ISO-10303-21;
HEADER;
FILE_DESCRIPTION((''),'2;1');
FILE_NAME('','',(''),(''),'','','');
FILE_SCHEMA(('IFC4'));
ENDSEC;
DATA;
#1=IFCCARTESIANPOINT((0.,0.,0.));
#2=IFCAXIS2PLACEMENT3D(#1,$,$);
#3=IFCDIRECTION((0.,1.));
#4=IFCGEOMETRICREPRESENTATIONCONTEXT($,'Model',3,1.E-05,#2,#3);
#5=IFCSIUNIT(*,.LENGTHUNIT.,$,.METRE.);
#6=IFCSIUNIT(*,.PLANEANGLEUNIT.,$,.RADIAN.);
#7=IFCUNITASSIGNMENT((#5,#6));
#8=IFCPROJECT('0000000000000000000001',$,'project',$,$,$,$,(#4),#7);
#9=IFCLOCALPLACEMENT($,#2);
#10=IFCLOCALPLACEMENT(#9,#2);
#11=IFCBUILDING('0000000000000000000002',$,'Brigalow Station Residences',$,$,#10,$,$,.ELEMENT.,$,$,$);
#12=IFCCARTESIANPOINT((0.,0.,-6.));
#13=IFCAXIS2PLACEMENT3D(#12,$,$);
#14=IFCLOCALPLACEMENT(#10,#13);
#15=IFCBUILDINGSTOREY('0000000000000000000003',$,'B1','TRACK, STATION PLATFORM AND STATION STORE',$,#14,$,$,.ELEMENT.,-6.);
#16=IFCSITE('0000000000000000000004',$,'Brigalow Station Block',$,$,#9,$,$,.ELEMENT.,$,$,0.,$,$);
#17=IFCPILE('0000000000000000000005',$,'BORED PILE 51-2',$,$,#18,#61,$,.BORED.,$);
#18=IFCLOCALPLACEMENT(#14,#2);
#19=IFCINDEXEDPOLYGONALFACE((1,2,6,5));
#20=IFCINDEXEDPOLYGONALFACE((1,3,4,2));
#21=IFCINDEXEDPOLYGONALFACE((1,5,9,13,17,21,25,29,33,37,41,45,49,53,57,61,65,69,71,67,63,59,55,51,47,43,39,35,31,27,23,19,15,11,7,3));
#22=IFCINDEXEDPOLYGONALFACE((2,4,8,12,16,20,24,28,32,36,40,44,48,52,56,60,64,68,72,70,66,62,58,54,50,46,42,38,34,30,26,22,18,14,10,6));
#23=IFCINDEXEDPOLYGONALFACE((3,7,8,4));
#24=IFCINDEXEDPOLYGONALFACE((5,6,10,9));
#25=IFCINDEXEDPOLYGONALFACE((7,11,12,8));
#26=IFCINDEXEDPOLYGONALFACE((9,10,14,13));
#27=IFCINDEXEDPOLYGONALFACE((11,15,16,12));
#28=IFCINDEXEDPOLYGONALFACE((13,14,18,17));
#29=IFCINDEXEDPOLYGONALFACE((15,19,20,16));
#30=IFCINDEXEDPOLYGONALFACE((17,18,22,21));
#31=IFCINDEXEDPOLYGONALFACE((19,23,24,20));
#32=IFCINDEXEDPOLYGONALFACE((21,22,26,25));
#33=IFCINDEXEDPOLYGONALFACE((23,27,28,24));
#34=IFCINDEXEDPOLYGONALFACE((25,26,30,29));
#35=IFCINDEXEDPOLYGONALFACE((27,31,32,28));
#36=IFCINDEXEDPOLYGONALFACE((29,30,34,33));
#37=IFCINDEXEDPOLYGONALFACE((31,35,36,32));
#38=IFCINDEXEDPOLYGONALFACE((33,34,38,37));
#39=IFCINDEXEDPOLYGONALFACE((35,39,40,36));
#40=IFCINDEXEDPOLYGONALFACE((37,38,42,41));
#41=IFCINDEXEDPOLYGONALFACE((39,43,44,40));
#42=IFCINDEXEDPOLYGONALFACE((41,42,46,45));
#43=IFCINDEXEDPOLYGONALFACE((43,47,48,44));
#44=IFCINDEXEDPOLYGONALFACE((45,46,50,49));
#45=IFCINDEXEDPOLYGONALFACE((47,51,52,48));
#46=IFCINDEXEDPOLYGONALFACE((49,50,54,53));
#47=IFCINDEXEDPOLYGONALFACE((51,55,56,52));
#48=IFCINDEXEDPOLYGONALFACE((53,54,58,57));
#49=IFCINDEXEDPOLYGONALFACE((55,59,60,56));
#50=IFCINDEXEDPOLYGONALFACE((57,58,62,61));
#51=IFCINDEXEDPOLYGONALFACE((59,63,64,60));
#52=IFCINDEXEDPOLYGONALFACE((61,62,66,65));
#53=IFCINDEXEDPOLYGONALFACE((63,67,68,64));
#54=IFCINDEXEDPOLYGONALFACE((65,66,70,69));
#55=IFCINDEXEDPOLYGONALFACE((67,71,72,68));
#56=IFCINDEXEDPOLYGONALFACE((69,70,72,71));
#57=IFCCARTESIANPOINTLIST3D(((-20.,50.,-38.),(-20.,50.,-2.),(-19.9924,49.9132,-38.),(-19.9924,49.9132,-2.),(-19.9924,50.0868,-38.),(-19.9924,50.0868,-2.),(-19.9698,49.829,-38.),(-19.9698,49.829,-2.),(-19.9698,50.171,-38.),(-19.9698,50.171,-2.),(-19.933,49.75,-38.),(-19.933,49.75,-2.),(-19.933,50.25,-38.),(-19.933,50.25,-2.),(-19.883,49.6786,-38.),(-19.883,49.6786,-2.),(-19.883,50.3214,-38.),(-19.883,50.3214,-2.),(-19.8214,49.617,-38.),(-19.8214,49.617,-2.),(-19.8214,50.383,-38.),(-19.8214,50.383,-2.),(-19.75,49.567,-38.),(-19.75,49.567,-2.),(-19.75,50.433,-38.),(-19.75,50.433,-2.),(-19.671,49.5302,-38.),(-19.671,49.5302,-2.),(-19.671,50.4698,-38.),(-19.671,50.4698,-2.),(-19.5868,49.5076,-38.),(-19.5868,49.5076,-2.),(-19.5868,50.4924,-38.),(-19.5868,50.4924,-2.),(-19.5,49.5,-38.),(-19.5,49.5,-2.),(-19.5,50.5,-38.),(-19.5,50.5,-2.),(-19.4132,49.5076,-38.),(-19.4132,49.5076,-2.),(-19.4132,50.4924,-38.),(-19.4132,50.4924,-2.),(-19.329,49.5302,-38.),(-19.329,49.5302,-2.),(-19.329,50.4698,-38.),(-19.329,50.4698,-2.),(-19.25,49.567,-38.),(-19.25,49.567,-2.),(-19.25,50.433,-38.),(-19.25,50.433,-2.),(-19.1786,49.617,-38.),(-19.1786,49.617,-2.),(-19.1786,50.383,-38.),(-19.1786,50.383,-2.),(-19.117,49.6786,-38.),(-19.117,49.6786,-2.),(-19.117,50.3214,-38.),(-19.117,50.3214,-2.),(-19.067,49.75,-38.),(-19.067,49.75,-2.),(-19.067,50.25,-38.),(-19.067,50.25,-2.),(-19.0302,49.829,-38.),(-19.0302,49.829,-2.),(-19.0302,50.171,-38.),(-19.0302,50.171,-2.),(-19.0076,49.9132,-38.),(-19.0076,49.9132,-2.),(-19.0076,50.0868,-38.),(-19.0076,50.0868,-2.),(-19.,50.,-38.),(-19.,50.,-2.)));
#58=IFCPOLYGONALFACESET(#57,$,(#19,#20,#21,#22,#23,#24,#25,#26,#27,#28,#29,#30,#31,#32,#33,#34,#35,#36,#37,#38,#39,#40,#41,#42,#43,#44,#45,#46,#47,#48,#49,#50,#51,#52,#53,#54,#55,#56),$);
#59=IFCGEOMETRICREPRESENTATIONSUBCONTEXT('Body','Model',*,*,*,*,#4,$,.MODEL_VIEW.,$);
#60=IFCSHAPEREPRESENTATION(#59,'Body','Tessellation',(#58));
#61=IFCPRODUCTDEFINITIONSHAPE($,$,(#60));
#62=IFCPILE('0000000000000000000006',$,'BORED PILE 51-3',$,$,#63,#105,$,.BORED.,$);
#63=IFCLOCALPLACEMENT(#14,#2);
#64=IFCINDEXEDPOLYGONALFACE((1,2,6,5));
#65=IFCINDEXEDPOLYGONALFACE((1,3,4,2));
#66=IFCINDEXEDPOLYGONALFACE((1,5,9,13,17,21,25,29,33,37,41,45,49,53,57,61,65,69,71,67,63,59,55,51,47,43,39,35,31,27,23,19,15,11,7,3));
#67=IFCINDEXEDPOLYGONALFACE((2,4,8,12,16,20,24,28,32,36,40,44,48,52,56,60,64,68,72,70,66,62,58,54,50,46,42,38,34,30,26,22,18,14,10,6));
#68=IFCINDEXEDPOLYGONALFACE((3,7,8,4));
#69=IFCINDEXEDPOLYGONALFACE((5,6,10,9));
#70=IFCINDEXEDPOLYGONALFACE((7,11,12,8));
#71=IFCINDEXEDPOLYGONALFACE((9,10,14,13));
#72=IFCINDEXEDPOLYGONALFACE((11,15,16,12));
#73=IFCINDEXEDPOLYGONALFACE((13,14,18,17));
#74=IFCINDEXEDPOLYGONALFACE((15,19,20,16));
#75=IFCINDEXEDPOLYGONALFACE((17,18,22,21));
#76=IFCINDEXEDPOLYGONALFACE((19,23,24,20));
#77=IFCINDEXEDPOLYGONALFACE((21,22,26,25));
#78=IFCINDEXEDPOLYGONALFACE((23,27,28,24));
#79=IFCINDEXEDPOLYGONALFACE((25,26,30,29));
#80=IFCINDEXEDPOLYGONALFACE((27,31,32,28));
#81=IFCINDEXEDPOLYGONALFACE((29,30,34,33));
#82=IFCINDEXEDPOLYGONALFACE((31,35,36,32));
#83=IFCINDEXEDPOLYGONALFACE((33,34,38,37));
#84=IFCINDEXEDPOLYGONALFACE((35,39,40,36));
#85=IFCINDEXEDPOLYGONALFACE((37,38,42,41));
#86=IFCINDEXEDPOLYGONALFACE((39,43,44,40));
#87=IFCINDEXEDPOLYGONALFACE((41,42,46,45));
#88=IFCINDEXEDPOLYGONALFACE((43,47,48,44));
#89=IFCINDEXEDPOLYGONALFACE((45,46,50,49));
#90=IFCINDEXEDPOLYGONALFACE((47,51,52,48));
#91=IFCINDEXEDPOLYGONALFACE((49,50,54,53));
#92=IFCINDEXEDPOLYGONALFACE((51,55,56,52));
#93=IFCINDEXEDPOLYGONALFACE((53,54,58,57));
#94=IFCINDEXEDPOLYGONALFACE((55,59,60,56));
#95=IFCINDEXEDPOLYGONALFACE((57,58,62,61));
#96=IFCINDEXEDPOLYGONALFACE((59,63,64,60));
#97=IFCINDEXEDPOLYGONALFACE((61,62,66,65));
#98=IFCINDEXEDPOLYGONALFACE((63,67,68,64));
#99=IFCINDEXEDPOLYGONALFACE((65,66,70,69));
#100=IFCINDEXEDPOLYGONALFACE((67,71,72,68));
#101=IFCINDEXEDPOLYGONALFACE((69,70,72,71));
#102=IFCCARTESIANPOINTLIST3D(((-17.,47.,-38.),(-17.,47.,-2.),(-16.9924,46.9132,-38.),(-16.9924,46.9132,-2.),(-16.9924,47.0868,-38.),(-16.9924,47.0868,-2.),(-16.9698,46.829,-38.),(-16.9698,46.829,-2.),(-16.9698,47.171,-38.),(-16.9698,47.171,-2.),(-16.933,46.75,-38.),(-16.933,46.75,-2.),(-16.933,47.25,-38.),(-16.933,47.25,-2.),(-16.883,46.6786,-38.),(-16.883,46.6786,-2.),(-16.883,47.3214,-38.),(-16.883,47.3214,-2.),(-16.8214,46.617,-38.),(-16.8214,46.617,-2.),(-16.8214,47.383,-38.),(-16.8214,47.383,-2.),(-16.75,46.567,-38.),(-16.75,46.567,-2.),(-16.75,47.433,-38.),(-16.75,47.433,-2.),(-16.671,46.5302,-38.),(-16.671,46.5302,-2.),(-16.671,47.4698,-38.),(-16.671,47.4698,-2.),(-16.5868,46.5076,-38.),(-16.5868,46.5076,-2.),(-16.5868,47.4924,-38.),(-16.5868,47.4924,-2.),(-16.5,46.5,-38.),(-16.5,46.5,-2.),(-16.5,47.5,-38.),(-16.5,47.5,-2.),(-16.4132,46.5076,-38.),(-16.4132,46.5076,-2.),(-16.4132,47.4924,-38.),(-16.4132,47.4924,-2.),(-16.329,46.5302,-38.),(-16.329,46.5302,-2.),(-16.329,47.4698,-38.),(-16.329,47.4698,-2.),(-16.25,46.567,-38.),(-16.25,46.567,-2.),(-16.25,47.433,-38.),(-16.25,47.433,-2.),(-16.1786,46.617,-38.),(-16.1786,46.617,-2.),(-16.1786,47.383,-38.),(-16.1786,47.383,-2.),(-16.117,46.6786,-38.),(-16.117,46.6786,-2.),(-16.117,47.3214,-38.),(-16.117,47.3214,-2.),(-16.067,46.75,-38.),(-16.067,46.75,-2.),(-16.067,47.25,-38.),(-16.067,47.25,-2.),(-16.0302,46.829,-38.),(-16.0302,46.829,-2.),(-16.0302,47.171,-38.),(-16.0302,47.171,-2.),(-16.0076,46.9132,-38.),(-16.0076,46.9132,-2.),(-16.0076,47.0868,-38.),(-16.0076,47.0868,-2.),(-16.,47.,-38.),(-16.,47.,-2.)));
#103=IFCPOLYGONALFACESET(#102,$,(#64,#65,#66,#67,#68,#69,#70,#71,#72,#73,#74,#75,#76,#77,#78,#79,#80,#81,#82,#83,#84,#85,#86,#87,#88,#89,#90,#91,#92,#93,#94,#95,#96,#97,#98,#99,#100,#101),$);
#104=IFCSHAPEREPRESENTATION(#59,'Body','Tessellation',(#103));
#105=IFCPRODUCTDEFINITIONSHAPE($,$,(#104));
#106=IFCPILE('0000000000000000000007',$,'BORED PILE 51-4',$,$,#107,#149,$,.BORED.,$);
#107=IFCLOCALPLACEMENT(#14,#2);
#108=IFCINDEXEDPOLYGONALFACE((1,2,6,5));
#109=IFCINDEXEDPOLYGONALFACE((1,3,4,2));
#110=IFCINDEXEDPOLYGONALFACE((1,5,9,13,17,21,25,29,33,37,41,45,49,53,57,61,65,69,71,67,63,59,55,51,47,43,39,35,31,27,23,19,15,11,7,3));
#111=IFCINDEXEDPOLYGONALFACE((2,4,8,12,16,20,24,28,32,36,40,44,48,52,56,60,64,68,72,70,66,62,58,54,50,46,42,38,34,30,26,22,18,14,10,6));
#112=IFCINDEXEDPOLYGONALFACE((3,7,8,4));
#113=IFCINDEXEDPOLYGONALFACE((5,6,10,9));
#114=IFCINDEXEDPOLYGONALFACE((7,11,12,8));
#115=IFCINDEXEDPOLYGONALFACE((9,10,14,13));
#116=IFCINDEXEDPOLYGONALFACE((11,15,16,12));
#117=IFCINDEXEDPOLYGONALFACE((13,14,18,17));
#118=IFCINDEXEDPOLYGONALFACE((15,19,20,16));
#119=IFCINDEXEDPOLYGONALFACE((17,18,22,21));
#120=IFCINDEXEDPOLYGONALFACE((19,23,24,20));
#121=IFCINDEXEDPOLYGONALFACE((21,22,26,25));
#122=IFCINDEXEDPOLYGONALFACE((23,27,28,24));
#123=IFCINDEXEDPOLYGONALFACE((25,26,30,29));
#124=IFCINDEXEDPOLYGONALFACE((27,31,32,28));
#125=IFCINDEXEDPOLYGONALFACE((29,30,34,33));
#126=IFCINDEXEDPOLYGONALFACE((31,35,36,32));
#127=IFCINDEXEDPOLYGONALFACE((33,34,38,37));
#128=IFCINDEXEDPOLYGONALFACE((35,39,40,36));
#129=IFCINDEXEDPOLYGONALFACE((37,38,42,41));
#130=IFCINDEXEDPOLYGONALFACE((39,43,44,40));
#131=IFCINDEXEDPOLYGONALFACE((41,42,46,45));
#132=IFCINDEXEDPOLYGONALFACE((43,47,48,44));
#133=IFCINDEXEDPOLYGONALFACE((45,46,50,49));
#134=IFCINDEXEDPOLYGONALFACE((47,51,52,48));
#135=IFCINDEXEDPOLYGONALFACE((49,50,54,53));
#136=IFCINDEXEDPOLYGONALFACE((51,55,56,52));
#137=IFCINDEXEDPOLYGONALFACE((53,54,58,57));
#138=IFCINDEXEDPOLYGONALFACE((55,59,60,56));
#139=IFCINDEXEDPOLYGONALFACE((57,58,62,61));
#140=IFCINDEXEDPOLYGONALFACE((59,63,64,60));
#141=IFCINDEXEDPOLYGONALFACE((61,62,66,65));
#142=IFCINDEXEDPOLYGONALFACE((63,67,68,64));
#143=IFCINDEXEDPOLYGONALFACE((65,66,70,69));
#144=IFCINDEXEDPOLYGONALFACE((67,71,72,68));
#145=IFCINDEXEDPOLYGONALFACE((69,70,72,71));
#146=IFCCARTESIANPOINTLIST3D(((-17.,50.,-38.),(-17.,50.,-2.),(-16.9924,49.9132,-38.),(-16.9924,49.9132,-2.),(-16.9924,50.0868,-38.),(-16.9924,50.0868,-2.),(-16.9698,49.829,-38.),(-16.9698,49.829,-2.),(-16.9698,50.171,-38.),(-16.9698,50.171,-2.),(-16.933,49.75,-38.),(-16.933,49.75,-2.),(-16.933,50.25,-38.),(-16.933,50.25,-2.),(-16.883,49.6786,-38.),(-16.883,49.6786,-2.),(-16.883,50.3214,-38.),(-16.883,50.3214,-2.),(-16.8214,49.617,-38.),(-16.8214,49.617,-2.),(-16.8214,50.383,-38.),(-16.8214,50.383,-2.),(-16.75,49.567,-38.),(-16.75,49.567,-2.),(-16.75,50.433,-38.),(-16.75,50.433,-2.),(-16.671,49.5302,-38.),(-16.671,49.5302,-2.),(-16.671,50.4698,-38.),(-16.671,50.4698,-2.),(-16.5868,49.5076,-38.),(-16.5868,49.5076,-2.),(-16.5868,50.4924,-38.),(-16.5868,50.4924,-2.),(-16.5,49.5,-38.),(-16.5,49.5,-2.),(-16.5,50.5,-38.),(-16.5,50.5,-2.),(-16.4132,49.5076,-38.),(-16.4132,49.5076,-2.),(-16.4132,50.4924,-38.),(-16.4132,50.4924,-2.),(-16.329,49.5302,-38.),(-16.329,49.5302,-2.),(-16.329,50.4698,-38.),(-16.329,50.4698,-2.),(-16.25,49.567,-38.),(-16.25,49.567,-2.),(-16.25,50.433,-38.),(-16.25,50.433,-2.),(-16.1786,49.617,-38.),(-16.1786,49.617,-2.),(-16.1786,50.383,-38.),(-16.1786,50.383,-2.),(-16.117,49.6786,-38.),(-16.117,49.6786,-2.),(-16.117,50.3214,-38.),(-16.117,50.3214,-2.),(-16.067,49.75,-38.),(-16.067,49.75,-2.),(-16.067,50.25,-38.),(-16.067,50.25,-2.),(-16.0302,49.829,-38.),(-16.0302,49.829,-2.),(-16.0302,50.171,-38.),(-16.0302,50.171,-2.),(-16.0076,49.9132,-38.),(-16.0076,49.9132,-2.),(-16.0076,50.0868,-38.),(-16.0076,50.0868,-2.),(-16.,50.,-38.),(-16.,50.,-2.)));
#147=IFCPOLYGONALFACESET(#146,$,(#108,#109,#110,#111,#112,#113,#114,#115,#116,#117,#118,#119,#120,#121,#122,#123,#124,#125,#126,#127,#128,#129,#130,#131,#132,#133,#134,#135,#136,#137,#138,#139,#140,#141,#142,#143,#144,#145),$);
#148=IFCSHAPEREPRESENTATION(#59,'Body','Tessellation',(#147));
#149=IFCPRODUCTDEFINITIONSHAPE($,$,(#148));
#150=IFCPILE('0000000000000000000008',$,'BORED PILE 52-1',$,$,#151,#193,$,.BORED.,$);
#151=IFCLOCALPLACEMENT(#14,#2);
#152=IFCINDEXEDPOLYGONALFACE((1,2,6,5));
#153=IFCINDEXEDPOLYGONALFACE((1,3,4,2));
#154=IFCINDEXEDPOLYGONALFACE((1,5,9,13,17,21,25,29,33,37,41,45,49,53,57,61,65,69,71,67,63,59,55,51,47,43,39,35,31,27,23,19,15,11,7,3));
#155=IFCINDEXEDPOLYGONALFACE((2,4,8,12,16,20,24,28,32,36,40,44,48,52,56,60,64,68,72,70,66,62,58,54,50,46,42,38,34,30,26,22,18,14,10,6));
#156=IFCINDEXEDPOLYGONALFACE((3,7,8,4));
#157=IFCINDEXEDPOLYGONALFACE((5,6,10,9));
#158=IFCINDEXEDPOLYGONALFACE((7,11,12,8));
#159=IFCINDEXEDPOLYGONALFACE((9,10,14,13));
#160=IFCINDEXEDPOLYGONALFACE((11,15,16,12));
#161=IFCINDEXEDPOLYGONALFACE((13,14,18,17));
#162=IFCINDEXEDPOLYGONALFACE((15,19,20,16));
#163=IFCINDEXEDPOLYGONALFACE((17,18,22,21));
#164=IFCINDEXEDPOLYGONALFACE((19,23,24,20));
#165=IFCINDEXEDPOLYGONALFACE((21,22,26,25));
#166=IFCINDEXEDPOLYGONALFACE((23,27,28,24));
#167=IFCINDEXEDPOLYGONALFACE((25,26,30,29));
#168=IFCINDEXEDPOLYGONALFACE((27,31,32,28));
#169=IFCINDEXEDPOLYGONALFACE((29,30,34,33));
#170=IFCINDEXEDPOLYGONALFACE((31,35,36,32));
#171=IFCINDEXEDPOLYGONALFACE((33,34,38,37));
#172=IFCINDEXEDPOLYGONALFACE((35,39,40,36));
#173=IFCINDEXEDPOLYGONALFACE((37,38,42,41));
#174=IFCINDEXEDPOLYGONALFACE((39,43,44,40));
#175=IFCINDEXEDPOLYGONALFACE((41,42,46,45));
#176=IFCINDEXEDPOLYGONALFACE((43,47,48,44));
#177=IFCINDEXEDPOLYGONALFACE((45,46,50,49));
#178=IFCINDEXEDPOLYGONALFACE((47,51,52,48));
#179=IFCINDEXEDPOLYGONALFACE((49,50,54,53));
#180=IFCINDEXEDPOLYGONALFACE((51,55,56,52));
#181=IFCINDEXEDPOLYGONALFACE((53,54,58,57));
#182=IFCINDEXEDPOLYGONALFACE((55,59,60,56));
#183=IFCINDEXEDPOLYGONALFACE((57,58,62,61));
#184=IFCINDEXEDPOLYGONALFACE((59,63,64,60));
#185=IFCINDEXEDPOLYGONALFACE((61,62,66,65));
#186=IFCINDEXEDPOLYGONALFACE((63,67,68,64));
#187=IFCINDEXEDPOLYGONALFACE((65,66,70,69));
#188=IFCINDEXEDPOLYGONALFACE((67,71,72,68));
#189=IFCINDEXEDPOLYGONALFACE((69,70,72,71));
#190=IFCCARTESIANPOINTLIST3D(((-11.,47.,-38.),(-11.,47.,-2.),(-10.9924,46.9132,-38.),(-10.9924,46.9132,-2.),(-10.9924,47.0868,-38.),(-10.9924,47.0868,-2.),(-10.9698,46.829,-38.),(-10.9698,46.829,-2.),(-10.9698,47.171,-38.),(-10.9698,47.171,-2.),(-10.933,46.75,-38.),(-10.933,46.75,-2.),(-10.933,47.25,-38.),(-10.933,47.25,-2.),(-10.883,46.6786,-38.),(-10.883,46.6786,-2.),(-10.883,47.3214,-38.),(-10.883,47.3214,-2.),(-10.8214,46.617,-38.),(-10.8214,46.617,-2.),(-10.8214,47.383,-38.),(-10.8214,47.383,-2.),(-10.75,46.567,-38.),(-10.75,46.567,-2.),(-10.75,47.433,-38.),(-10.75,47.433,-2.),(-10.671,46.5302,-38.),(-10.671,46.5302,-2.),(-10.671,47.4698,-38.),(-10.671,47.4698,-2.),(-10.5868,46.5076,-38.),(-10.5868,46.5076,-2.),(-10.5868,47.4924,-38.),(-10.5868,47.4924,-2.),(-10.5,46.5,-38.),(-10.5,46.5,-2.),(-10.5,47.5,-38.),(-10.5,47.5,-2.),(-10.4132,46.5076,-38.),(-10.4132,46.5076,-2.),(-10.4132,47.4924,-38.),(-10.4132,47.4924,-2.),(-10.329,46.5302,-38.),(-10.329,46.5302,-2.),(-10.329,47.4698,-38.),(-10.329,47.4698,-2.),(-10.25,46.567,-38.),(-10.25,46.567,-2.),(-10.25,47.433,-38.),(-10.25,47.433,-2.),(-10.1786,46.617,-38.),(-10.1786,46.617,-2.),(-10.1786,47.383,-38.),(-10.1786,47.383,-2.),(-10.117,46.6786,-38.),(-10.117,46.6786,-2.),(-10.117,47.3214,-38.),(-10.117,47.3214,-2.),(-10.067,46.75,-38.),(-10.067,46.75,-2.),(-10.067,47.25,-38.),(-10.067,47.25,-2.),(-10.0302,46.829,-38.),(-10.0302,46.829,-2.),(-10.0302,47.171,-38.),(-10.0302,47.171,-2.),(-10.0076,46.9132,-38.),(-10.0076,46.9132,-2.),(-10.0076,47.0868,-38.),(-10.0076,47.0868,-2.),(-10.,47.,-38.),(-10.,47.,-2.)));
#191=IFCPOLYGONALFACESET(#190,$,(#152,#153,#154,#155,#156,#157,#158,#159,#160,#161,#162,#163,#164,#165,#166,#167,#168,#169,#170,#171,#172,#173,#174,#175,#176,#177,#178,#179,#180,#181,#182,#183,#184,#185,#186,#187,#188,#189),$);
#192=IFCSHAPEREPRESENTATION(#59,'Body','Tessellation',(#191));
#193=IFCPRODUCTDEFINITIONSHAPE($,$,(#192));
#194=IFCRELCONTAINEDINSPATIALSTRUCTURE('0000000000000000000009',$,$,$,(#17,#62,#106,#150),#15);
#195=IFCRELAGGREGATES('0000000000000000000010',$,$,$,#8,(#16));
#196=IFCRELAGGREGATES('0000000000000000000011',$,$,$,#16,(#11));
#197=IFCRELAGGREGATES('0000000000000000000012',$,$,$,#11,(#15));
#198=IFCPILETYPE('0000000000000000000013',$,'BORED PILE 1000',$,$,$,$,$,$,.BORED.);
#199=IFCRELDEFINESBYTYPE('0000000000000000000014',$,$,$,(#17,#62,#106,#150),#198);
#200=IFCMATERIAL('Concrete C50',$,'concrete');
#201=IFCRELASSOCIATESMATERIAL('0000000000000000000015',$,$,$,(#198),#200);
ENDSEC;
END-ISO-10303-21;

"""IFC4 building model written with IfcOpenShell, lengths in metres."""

from ifc_helpers import new_model, si_unit, direction, frame, origin, origin_2d, place, context, subcontext, project, spatial, circle, extrude, material, material_profile, profile_set, type_object, element, save


model = new_model("IFC4")

# Units and contexts
model_context = context("Model", 3, precision=1e-05, world=origin(), true_north=direction((0.0, 1.0)))
body_context = subcontext(model_context, "Body", "Model", "MODEL_VIEW")
ifc_project = project(units=[si_unit("LENGTHUNIT", "METRE"), si_unit("PLANEANGLEUNIT", "RADIAN")], contexts=[model_context])

# Site, building, storey
site_placement = place(None, origin())
site = spatial("IfcSite", under=ifc_project, at=site_placement, Name="Brigalow Station Block", CompositionType="ELEMENT", RefElevation=0.0)
building_placement = place(site_placement, origin())
building = spatial("IfcBuilding", under=site, at=building_placement, Name="Brigalow Station Residences", CompositionType="ELEMENT")
storey_placement = place(building_placement, frame((0.0, 0.0, -6.0)))
storey = spatial("IfcBuildingStorey", under=building, at=storey_placement, Name="B1", Description="TRACK, STATION PLATFORM AND STATION STORE", CompositionType="ELEMENT", Elevation=-6.0)

# Piles
ifc_material_1 = material(Name="Concrete C50", Category="concrete")
ifc_material_profile_1 = material_profile(ifc_material_1, circle(Radius=0.5, at=origin_2d()), Name="BP1000")
ifc_profile_set_1 = profile_set([ifc_material_profile_1], Name="Concrete C50")
pile_type_1 = type_object("IfcPileType", Name="BORED PILE 1000", PredefinedType="BORED", material=ifc_profile_set_1)
for number, where, z_axis, x_axis, name in (
    (1, (-19.5, 50.0, -2.0), (0.0, 0.0, -1.0), (1.0, 0.0, 0.0), "BORED PILE 51-2"),
    (2, (-16.5, 47.0, -2.0), (0.0, 0.0, -1.0), (1.0, 0.0, 0.0), "BORED PILE 51-3"),
    (3, (-16.5, 50.0, -2.0), (0.0, 0.0, -1.0), (1.0, 0.0, 0.0), "BORED PILE 51-4"),
    (4, (-10.5, 47.0, -2.0), (0.0, 0.0, -1.0), (1.0, 0.0, 0.0), "BORED PILE 52-1"),
):
    element("IfcPile", number, at=place(storey_placement, frame(where, z_axis=z_axis, x_axis=x_axis)), inside=storey, type_object=pile_type_1, Name=name, PredefinedType="BORED", context=body_context, shape_type="SweptSolid", body=[
        extrude(circle(Radius=0.5, at=origin_2d()), origin(), (0.0, 0.0, 1.0), 36.0),
    ])

save(model, "model.ifc")
